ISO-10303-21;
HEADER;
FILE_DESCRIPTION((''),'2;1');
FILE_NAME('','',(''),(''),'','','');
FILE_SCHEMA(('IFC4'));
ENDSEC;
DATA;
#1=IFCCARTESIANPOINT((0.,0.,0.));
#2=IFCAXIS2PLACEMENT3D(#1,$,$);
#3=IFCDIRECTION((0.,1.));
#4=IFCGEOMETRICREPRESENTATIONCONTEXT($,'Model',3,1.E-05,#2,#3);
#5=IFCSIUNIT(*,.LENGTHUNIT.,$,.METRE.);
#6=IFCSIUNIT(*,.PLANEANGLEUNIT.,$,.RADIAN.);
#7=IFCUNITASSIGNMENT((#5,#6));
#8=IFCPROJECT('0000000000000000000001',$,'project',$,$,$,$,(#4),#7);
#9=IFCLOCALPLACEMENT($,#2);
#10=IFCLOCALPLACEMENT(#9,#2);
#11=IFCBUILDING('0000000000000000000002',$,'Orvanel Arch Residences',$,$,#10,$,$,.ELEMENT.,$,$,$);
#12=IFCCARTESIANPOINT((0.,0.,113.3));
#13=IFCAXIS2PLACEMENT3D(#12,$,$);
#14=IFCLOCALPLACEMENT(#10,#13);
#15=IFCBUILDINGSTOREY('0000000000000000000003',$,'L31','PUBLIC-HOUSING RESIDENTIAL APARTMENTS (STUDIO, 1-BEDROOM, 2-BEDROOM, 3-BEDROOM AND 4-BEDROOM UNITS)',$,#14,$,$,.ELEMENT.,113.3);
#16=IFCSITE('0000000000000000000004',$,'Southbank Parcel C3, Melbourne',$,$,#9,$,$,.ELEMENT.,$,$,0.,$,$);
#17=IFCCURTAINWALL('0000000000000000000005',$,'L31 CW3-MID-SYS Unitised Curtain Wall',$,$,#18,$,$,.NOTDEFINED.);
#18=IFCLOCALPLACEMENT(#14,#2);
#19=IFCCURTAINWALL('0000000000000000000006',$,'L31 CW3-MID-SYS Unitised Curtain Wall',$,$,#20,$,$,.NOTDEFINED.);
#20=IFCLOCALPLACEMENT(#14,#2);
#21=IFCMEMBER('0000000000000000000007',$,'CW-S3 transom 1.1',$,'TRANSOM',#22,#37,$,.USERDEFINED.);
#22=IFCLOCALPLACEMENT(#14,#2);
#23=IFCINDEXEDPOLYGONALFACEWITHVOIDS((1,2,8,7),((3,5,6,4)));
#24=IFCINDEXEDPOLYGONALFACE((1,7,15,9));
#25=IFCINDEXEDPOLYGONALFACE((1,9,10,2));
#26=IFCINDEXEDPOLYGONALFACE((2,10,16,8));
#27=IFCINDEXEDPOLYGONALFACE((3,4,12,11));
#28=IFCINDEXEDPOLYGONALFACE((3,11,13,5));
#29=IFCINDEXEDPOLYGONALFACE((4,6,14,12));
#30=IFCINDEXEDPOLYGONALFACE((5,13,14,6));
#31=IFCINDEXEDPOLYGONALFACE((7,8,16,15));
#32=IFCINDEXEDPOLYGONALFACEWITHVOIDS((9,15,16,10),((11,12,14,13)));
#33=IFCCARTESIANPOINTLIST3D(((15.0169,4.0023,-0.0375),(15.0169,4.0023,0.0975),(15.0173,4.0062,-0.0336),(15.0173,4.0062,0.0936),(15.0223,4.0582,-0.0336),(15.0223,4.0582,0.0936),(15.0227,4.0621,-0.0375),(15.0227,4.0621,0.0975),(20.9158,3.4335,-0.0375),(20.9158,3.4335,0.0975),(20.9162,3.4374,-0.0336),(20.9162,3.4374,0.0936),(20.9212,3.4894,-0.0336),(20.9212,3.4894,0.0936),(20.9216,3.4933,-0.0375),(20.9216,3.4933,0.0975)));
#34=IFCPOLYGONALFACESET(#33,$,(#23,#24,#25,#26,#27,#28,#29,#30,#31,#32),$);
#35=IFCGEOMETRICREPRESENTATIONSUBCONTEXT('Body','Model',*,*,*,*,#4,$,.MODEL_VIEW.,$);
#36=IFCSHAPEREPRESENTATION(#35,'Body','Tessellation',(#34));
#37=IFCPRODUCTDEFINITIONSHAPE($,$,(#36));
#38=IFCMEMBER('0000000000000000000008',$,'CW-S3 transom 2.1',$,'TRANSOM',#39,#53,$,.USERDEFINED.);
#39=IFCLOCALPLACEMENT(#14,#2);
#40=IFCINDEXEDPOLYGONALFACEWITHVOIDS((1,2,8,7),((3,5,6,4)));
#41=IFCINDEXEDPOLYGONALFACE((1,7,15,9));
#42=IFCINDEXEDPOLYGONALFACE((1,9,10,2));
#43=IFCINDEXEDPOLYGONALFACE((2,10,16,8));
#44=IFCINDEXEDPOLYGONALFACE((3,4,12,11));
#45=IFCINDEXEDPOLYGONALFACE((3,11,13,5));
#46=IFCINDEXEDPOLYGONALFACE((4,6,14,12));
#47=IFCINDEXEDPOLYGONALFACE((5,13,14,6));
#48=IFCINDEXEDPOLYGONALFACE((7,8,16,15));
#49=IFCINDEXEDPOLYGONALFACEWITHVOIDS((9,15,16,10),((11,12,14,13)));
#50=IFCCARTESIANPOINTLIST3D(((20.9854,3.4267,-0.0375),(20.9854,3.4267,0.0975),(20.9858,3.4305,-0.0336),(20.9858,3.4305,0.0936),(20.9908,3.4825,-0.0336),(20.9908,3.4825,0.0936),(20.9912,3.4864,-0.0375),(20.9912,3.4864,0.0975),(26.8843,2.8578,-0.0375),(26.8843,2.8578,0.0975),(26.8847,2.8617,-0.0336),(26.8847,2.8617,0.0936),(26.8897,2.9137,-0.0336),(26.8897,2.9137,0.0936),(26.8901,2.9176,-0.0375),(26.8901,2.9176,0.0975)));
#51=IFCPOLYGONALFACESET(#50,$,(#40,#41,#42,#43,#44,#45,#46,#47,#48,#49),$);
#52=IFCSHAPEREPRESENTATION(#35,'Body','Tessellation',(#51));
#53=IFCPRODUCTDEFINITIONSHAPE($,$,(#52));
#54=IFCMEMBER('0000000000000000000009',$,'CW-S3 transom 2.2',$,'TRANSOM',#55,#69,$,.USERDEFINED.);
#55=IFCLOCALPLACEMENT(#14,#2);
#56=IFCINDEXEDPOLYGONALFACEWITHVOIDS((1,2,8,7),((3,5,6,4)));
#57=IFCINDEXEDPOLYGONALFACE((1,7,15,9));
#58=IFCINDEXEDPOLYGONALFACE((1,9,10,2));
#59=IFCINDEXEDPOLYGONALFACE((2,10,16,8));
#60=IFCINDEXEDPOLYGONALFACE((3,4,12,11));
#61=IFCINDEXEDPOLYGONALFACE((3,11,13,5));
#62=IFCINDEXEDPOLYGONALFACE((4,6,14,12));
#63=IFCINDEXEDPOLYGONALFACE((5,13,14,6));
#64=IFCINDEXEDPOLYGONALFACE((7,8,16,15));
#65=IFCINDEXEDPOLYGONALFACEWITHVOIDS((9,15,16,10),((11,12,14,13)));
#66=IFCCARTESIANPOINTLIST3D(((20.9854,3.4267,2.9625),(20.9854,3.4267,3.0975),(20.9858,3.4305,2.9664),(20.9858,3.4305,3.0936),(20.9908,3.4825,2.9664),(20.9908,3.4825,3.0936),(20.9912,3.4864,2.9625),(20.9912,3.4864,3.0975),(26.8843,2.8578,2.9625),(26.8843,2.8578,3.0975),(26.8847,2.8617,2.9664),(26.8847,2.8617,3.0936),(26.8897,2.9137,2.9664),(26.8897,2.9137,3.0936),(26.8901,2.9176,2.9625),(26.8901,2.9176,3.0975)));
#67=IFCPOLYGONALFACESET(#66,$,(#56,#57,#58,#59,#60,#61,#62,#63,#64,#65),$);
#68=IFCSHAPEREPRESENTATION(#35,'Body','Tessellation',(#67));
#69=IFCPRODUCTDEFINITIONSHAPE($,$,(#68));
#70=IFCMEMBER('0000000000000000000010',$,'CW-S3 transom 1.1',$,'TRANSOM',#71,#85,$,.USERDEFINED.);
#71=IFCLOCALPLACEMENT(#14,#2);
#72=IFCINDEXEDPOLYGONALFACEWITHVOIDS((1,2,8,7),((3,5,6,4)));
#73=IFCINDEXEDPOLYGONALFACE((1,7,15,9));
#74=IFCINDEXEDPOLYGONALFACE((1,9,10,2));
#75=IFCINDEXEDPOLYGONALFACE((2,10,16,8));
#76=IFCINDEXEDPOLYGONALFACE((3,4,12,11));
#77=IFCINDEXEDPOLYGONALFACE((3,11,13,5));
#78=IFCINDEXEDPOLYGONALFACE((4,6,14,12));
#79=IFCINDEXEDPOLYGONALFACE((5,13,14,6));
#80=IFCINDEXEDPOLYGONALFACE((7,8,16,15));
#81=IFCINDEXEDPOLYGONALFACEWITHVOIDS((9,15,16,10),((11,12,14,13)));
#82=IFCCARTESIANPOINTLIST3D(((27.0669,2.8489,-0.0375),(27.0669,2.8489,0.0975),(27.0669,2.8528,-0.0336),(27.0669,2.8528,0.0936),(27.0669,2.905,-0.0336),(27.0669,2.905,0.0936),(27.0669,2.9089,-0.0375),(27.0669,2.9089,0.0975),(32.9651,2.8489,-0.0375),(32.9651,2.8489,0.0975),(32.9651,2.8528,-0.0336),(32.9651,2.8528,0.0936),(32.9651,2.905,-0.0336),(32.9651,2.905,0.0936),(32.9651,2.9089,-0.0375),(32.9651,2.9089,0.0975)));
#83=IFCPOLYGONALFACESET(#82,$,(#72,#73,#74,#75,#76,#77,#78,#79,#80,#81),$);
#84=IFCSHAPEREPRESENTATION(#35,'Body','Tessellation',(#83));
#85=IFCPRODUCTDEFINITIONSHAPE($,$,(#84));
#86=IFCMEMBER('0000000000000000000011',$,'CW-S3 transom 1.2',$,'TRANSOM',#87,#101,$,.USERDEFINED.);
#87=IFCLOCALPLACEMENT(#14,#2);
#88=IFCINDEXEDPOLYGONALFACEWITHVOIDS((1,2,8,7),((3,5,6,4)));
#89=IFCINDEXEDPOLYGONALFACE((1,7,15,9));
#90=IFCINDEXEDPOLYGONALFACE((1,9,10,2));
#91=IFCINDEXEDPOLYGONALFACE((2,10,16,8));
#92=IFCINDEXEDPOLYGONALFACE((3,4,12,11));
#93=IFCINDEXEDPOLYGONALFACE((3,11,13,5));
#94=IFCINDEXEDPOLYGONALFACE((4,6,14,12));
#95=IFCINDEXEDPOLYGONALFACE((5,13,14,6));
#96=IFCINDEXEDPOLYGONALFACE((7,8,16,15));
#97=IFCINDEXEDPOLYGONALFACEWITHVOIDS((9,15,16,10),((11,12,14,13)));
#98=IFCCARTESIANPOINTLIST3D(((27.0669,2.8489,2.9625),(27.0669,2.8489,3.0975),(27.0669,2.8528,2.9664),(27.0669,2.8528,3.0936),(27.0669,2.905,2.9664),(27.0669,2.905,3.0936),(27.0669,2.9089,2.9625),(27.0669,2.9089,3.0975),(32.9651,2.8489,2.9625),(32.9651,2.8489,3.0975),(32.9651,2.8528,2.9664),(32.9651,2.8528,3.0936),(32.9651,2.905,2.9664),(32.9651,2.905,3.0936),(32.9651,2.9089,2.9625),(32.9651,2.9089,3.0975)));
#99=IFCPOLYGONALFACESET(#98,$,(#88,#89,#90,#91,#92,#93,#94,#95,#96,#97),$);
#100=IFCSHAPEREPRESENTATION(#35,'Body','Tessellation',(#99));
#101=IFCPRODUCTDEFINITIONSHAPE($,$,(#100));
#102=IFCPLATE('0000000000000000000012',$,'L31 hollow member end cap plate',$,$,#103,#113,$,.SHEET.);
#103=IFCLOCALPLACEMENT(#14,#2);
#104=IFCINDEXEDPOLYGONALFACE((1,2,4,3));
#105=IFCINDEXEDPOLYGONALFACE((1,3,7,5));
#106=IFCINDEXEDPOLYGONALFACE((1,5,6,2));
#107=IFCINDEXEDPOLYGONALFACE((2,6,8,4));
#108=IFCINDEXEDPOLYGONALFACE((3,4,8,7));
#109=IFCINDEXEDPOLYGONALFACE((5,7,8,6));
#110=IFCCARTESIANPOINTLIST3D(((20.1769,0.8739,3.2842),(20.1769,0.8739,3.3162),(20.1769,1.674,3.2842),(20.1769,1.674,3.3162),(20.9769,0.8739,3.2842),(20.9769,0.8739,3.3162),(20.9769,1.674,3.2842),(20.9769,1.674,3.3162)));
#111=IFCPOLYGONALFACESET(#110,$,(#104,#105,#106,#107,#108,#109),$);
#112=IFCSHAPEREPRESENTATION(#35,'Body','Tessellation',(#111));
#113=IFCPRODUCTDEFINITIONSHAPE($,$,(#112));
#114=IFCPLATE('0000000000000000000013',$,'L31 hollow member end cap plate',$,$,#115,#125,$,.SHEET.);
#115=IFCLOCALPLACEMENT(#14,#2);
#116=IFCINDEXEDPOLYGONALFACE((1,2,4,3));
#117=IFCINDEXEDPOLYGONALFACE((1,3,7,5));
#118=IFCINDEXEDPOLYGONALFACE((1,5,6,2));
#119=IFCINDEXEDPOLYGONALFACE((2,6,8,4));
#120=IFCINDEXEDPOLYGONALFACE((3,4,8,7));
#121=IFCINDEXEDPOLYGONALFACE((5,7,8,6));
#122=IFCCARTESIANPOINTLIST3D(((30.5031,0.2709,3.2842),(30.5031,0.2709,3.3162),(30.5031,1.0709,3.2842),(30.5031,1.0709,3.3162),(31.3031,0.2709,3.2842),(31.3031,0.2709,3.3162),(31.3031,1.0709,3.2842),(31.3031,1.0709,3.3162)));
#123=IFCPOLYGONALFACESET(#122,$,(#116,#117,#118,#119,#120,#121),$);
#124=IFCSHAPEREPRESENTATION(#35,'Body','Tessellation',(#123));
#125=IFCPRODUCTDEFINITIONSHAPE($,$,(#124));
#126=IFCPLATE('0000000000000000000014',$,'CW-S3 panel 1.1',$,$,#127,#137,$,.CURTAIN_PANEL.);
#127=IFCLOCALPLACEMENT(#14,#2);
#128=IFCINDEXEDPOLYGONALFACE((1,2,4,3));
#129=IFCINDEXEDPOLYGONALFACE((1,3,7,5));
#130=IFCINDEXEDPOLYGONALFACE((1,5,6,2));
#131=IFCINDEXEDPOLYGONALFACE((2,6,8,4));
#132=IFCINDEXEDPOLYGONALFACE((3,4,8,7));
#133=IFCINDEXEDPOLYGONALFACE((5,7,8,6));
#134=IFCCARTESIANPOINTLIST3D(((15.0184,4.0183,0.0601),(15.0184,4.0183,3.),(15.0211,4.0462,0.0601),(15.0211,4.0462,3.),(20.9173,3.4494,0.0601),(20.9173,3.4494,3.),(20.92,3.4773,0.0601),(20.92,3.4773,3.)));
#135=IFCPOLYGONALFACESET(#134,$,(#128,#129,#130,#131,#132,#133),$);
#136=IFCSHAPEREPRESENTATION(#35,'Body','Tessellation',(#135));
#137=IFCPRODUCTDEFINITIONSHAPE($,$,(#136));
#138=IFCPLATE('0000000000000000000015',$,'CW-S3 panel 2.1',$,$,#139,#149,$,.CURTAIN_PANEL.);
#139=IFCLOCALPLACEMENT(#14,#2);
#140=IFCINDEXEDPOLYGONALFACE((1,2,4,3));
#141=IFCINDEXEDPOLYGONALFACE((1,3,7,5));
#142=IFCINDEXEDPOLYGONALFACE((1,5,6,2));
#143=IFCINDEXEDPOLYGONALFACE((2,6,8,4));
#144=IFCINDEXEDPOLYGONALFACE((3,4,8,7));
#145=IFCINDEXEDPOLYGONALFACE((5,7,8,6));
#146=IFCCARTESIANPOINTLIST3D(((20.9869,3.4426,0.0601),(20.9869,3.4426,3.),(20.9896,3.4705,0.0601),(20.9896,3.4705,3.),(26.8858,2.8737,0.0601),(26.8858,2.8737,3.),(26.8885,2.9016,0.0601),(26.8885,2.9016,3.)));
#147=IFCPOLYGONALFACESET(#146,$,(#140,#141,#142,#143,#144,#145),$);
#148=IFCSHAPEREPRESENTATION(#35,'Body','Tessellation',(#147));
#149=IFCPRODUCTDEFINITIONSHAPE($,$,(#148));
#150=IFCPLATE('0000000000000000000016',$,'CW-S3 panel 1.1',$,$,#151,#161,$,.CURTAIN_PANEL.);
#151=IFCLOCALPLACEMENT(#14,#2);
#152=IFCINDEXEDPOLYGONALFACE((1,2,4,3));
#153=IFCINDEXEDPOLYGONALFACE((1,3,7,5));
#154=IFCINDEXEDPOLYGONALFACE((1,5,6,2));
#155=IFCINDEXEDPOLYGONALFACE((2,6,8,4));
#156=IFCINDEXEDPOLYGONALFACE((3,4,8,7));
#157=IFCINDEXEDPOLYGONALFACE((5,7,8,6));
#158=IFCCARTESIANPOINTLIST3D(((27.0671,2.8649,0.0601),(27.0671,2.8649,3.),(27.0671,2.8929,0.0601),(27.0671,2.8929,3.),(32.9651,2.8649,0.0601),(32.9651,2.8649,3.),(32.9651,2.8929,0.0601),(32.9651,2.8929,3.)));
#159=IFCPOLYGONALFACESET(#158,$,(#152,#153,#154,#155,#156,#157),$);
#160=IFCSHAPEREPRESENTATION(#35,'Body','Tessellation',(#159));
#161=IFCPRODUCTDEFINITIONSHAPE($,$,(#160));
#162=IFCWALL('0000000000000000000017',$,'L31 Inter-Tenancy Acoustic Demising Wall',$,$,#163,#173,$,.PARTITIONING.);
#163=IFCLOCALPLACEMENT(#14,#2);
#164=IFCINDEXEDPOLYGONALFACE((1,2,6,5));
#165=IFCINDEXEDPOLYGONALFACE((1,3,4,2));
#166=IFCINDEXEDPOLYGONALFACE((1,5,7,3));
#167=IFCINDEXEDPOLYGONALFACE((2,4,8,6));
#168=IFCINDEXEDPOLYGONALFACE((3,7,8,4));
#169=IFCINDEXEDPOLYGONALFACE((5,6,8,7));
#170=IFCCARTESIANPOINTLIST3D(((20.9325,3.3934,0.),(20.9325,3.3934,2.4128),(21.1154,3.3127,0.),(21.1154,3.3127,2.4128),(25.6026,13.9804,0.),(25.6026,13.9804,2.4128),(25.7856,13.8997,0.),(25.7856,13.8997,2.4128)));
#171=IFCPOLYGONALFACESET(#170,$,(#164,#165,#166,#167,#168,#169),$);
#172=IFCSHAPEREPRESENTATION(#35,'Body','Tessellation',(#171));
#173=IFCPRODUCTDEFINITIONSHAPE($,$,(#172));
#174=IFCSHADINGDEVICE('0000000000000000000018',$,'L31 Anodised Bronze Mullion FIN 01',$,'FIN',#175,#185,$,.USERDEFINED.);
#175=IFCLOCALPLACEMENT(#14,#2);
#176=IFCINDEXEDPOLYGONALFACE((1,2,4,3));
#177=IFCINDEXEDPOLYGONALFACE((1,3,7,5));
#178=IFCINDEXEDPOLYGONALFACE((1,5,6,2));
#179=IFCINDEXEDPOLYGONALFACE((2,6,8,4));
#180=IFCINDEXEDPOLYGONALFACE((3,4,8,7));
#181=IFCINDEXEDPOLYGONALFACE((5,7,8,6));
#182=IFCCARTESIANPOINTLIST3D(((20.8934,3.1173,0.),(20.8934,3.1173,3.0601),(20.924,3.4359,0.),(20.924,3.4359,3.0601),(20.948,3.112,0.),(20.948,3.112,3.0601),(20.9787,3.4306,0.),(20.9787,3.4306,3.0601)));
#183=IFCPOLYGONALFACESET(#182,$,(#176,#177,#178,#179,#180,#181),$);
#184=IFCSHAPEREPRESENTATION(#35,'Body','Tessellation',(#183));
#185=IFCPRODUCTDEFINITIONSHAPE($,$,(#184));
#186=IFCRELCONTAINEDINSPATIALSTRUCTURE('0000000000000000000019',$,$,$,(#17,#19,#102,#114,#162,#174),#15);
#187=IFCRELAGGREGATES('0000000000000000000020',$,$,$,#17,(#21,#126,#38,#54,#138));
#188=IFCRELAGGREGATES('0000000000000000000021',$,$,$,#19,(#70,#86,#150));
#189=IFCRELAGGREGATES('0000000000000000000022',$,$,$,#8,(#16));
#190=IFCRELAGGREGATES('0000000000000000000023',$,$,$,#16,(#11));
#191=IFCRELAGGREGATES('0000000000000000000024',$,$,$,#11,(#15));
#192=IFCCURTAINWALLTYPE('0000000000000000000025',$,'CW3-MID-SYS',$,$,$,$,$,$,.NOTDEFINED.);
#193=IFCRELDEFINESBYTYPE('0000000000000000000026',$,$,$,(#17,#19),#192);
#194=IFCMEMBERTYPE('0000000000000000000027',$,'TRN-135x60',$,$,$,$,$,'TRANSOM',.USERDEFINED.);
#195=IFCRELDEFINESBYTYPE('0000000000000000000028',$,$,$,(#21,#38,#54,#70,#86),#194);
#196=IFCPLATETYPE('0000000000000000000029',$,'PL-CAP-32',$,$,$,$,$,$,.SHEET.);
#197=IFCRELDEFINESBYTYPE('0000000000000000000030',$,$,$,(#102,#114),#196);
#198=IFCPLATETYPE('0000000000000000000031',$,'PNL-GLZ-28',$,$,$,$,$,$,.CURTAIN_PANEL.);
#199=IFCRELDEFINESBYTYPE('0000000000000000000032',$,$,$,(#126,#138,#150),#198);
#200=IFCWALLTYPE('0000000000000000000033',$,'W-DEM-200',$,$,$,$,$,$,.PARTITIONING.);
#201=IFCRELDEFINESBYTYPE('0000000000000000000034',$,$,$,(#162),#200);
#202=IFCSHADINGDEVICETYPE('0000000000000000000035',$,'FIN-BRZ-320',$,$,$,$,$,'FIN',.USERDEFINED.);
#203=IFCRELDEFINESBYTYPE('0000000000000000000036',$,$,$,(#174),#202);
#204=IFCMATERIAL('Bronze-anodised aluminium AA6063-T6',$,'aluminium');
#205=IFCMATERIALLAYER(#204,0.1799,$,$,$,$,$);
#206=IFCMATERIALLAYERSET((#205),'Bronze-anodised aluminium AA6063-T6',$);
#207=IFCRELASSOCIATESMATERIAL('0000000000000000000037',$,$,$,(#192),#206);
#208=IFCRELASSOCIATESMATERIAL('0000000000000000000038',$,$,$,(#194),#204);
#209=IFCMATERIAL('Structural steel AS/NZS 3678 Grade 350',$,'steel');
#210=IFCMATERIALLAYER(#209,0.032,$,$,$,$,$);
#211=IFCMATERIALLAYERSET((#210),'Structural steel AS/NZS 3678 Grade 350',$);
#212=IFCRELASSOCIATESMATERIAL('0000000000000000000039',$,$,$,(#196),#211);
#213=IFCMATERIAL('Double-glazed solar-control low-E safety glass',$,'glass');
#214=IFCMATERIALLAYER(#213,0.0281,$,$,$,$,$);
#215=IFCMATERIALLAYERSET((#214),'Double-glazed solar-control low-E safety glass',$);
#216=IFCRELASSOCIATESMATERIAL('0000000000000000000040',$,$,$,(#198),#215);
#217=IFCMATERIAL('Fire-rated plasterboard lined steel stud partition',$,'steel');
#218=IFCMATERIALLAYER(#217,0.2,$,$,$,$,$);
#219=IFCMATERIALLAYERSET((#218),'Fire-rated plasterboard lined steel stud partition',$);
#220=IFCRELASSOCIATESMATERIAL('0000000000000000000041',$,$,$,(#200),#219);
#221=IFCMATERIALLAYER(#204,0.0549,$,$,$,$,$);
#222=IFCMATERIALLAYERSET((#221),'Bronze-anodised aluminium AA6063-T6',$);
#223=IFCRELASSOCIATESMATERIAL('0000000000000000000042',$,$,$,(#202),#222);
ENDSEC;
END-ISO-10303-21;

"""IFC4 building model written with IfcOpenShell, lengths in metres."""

from ifc_helpers import new_model, si_unit, direction, frame, frame_2d, origin, origin_2d, place, context, subcontext, project, spatial, rectangle, hollow_rectangle, extrude, material, layer, layer_set, material_profile, profile_set, type_object, element, aggregate, save


model = new_model("IFC4")

# Units and contexts
model_context = context("Model", 3, precision=1e-05, world=origin(), true_north=direction((0.0, 1.0)))
body_context = subcontext(model_context, "Body", "Model", "MODEL_VIEW")
ifc_project = project(units=[si_unit("LENGTHUNIT", "METRE"), si_unit("PLANEANGLEUNIT", "RADIAN")], contexts=[model_context])

# Site, building, storey
site_placement = place(None, origin())
site = spatial("IfcSite", under=ifc_project, at=site_placement, Name="Southbank Parcel C3, Melbourne", CompositionType="ELEMENT", RefElevation=0.0)
building_placement = place(site_placement, origin())
building = spatial("IfcBuilding", under=site, at=building_placement, Name="Orvanel Arch Residences", CompositionType="ELEMENT")
storey_placement = place(building_placement, frame((0.0, 0.0, 113.3)))
storey = spatial("IfcBuildingStorey", under=building, at=storey_placement, Name="L31", Description="PUBLIC-HOUSING RESIDENTIAL APARTMENTS (STUDIO, 1-BEDROOM, 2-BEDROOM, 3-BEDROOM AND 4-BEDROOM UNITS)", CompositionType="ELEMENT", Elevation=113.3)

# Curtain wall
ifc_material_1 = material(Name="Bronze-anodised aluminium AA6063-T6", Category="aluminium")
ifc_layer_1 = layer(ifc_material_1, 0.1799)
ifc_layer_set_1 = layer_set([ifc_layer_1], Name="Bronze-anodised aluminium AA6063-T6")
curtain_wall_type = type_object("IfcCurtainWallType", Name="CW3-MID-SYS", PredefinedType="NOTDEFINED", material=ifc_layer_set_1)
curtain_wall_1_placement = place(storey_placement, origin())
curtain_wall_1 = element("IfcCurtainWall", 1, at=curtain_wall_1_placement, inside=storey, type_object=curtain_wall_type, Name="L31 CW3-MID-SYS Unitised Curtain Wall", PredefinedType="NOTDEFINED")

# Curtain wall
curtain_wall_2_placement = place(storey_placement, origin())
curtain_wall_2 = element("IfcCurtainWall", 2, at=curtain_wall_2_placement, inside=storey, type_object=curtain_wall_type, Name="L31 CW3-MID-SYS Unitised Curtain Wall", PredefinedType="NOTDEFINED")

# Members
ifc_material_profile_1 = material_profile(ifc_material_1, hollow_rectangle(XDim=0.0601, YDim=0.135, WallThickness=0.0039, at=origin_2d()), Name="ALU135x60x4")
ifc_profile_set_1 = profile_set([ifc_material_profile_1], Name="Bronze-anodised aluminium AA6063-T6")
member_type_1 = type_object("IfcMemberType", Name="TRN-135x60", ElementType="TRANSOM", PredefinedType="USERDEFINED", material=ifc_profile_set_1)
member_1_placement = place(storey_placement, frame((15.0198, 4.0322, 0.03), z_axis=(0.995383, -0.095987, 0.0), x_axis=(0.095987, 0.995383, 0.0)))
member_1 = element("IfcMember", 3, at=member_1_placement, type_object=member_type_1, Name="CW-S3 transom 1.1", ObjectType="TRANSOM", PredefinedType="USERDEFINED", context=body_context, shape_type="SweptSolid", body=[
    extrude(hollow_rectangle(XDim=0.0601, YDim=0.135, WallThickness=0.0039, at=origin_2d()), origin(), (0.0, 0.0, 1.0), 5.9263),
])
member_2_placement = place(storey_placement, frame((20.9883, 3.4565, 0.03), z_axis=(0.995383, -0.095987, 0.0), x_axis=(0.095987, 0.995383, 0.0)))
member_2 = element("IfcMember", 4, at=member_2_placement, type_object=member_type_1, Name="CW-S3 transom 2.1", ObjectType="TRANSOM", PredefinedType="USERDEFINED", context=body_context, shape_type="SweptSolid", body=[
    extrude(hollow_rectangle(XDim=0.0601, YDim=0.135, WallThickness=0.0039, at=origin_2d()), origin(), (0.0, 0.0, 1.0), 5.9263),
])
member_3_placement = place(storey_placement, frame((20.9883, 3.4565, 3.03), z_axis=(0.995383, -0.095987, 0.0), x_axis=(0.095987, 0.995383, 0.0)))
member_3 = element("IfcMember", 5, at=member_3_placement, type_object=member_type_1, Name="CW-S3 transom 2.2", ObjectType="TRANSOM", PredefinedType="USERDEFINED", context=body_context, shape_type="SweptSolid", body=[
    extrude(hollow_rectangle(XDim=0.0601, YDim=0.135, WallThickness=0.0039, at=origin_2d()), origin(), (0.0, 0.0, 1.0), 5.9263),
])
member_4_placement = place(storey_placement, frame((27.0669, 2.8789, 0.03), z_axis=(1.0, 0.0, 0.0), x_axis=(0.0, 1.0, 0.0)))
member_4 = element("IfcMember", 6, at=member_4_placement, type_object=member_type_1, Name="CW-S3 transom 1.1", ObjectType="TRANSOM", PredefinedType="USERDEFINED", context=body_context, shape_type="SweptSolid", body=[
    extrude(hollow_rectangle(XDim=0.0601, YDim=0.135, WallThickness=0.0039, at=origin_2d()), origin(), (0.0, 0.0, 1.0), 5.8982),
])
member_5_placement = place(storey_placement, frame((27.0669, 2.8789, 3.03), z_axis=(1.0, 0.0, 0.0), x_axis=(0.0, 1.0, 0.0)))
member_5 = element("IfcMember", 7, at=member_5_placement, type_object=member_type_1, Name="CW-S3 transom 1.2", ObjectType="TRANSOM", PredefinedType="USERDEFINED", context=body_context, shape_type="SweptSolid", body=[
    extrude(hollow_rectangle(XDim=0.0601, YDim=0.135, WallThickness=0.0039, at=origin_2d()), origin(), (0.0, 0.0, 1.0), 5.8982),
])

# Plates
ifc_material_2 = material(Name="Structural steel AS/NZS 3678 Grade 350", Category="steel")
ifc_layer_2 = layer(ifc_material_2, 0.032)
ifc_layer_set_2 = layer_set([ifc_layer_2], Name="Structural steel AS/NZS 3678 Grade 350")
plate_type_1 = type_object("IfcPlateType", Name="PL-CAP-32", PredefinedType="SHEET", material=ifc_layer_set_2)
for number, where, z_axis, x_axis, name in (
    (8, (20.5769, 1.2739, 3.2842), (0.0, 0.0, 1.0), (1.0, 0.0, 0.0), "L31 hollow member end cap plate"),
    (9, (30.9031, 0.6709, 3.2842), (0.0, 0.0, 1.0), (1.0, 0.0, 0.0), "L31 hollow member end cap plate"),
):
    element("IfcPlate", number, at=place(storey_placement, frame(where, z_axis=z_axis, x_axis=x_axis)), inside=storey, type_object=plate_type_1, Name=name, PredefinedType="SHEET", context=body_context, shape_type="SweptSolid", body=[
        extrude(rectangle(XDim=0.8, YDim=0.8, at=origin_2d()), origin(), (0.0, 0.0, 1.0), 0.032),
    ])

# Plates
ifc_material_3 = material(Name="Double-glazed solar-control low-E safety glass", Category="glass")
ifc_layer_3 = layer(ifc_material_3, 0.0281)
ifc_layer_set_3 = layer_set([ifc_layer_3], Name="Double-glazed solar-control low-E safety glass")
plate_type_2 = type_object("IfcPlateType", Name="PNL-GLZ-28", PredefinedType="CURTAIN_PANEL", material=ifc_layer_set_3)
plate_1_placement = place(storey_placement, frame((17.9692, 3.7478, 0.0601), z_axis=(0.0, 0.0, 1.0), x_axis=(0.995381, -0.095998, 0.0)))
plate_1 = element("IfcPlate", 10, at=plate_1_placement, type_object=plate_type_2, Name="CW-S3 panel 1.1", PredefinedType="CURTAIN_PANEL", context=body_context, shape_type="SweptSolid", body=[
    extrude(rectangle(XDim=5.9263, YDim=0.0281, at=origin_2d()), origin(), (0.0, 0.0, 1.0), 2.9399),
])
plate_2_placement = place(storey_placement, frame((23.9377, 3.1721, 0.0601), z_axis=(0.0, 0.0, 1.0), x_axis=(0.995381, -0.095998, 0.0)))
plate_2 = element("IfcPlate", 11, at=plate_2_placement, type_object=plate_type_2, Name="CW-S3 panel 2.1", PredefinedType="CURTAIN_PANEL", context=body_context, shape_type="SweptSolid", body=[
    extrude(rectangle(XDim=5.9263, YDim=0.0281, at=origin_2d()), origin(), (0.0, 0.0, 1.0), 2.9399),
])
aggregate(curtain_wall_1, [member_1, plate_1, member_2, member_3, plate_2])
plate_3_placement = place(storey_placement, frame((30.0161, 2.8789, 0.0601), z_axis=(0.0, 0.0, 1.0), x_axis=(1.0, 0.0, 0.0)))
plate_3 = element("IfcPlate", 12, at=plate_3_placement, type_object=plate_type_2, Name="CW-S3 panel 1.1", PredefinedType="CURTAIN_PANEL", context=body_context, shape_type="SweptSolid", body=[
    extrude(rectangle(XDim=5.8979, YDim=0.0281, at=origin_2d()), origin(), (0.0, 0.0, 1.0), 2.9399),
])
aggregate(curtain_wall_2, [member_4, member_5, plate_3])

# Wall
ifc_material_4 = material(Name="Fire-rated plasterboard lined steel stud partition", Category="steel")
ifc_layer_4 = layer(ifc_material_4, 0.2)
ifc_layer_set_4 = layer_set([ifc_layer_4], Name="Fire-rated plasterboard lined steel stud partition")
wall_type = type_object("IfcWallType", Name="W-DEM-200", PredefinedType="PARTITIONING", material=ifc_layer_set_4)
wall_placement = place(storey_placement, frame((21.0239, 3.353, 0.0), z_axis=(0.0, 0.0, 1.0), x_axis=(0.403602, 0.914935, 0.0)))
element("IfcWall", 13, at=wall_placement, inside=storey, type_object=wall_type, Name="L31 Inter-Tenancy Acoustic Demising Wall", PredefinedType="PARTITIONING", context=body_context, shape_type="SweptSolid", body=[
    extrude(rectangle(XDim=11.5713, YDim=0.2, at=frame_2d((5.7856, 0.0))), origin(), (0.0, 0.0, 1.0), 2.4128),
])

# Shading device
ifc_layer_5 = layer(ifc_material_1, 0.0549)
ifc_layer_set_5 = layer_set([ifc_layer_5], Name="Bronze-anodised aluminium AA6063-T6")
shading_device_type = type_object("IfcShadingDeviceType", Name="FIN-BRZ-320", ElementType="FIN", PredefinedType="USERDEFINED", material=ifc_layer_set_5)
shading_device_placement = place(storey_placement, frame((20.936, 3.2739, 0.0), z_axis=(0.0, 0.0, 1.0), x_axis=(-0.095846, -0.995396, 0.0)))
element("IfcShadingDevice", 14, at=shading_device_placement, inside=storey, type_object=shading_device_type, Name="L31 Anodised Bronze Mullion FIN 01", ObjectType="FIN", PredefinedType="USERDEFINED", context=body_context, shape_type="SweptSolid", body=[
    extrude(rectangle(XDim=0.3201, YDim=0.0549, at=origin_2d()), origin(), (0.0, 0.0, 1.0), 3.0601),
])

save(model, "model.ifc")
